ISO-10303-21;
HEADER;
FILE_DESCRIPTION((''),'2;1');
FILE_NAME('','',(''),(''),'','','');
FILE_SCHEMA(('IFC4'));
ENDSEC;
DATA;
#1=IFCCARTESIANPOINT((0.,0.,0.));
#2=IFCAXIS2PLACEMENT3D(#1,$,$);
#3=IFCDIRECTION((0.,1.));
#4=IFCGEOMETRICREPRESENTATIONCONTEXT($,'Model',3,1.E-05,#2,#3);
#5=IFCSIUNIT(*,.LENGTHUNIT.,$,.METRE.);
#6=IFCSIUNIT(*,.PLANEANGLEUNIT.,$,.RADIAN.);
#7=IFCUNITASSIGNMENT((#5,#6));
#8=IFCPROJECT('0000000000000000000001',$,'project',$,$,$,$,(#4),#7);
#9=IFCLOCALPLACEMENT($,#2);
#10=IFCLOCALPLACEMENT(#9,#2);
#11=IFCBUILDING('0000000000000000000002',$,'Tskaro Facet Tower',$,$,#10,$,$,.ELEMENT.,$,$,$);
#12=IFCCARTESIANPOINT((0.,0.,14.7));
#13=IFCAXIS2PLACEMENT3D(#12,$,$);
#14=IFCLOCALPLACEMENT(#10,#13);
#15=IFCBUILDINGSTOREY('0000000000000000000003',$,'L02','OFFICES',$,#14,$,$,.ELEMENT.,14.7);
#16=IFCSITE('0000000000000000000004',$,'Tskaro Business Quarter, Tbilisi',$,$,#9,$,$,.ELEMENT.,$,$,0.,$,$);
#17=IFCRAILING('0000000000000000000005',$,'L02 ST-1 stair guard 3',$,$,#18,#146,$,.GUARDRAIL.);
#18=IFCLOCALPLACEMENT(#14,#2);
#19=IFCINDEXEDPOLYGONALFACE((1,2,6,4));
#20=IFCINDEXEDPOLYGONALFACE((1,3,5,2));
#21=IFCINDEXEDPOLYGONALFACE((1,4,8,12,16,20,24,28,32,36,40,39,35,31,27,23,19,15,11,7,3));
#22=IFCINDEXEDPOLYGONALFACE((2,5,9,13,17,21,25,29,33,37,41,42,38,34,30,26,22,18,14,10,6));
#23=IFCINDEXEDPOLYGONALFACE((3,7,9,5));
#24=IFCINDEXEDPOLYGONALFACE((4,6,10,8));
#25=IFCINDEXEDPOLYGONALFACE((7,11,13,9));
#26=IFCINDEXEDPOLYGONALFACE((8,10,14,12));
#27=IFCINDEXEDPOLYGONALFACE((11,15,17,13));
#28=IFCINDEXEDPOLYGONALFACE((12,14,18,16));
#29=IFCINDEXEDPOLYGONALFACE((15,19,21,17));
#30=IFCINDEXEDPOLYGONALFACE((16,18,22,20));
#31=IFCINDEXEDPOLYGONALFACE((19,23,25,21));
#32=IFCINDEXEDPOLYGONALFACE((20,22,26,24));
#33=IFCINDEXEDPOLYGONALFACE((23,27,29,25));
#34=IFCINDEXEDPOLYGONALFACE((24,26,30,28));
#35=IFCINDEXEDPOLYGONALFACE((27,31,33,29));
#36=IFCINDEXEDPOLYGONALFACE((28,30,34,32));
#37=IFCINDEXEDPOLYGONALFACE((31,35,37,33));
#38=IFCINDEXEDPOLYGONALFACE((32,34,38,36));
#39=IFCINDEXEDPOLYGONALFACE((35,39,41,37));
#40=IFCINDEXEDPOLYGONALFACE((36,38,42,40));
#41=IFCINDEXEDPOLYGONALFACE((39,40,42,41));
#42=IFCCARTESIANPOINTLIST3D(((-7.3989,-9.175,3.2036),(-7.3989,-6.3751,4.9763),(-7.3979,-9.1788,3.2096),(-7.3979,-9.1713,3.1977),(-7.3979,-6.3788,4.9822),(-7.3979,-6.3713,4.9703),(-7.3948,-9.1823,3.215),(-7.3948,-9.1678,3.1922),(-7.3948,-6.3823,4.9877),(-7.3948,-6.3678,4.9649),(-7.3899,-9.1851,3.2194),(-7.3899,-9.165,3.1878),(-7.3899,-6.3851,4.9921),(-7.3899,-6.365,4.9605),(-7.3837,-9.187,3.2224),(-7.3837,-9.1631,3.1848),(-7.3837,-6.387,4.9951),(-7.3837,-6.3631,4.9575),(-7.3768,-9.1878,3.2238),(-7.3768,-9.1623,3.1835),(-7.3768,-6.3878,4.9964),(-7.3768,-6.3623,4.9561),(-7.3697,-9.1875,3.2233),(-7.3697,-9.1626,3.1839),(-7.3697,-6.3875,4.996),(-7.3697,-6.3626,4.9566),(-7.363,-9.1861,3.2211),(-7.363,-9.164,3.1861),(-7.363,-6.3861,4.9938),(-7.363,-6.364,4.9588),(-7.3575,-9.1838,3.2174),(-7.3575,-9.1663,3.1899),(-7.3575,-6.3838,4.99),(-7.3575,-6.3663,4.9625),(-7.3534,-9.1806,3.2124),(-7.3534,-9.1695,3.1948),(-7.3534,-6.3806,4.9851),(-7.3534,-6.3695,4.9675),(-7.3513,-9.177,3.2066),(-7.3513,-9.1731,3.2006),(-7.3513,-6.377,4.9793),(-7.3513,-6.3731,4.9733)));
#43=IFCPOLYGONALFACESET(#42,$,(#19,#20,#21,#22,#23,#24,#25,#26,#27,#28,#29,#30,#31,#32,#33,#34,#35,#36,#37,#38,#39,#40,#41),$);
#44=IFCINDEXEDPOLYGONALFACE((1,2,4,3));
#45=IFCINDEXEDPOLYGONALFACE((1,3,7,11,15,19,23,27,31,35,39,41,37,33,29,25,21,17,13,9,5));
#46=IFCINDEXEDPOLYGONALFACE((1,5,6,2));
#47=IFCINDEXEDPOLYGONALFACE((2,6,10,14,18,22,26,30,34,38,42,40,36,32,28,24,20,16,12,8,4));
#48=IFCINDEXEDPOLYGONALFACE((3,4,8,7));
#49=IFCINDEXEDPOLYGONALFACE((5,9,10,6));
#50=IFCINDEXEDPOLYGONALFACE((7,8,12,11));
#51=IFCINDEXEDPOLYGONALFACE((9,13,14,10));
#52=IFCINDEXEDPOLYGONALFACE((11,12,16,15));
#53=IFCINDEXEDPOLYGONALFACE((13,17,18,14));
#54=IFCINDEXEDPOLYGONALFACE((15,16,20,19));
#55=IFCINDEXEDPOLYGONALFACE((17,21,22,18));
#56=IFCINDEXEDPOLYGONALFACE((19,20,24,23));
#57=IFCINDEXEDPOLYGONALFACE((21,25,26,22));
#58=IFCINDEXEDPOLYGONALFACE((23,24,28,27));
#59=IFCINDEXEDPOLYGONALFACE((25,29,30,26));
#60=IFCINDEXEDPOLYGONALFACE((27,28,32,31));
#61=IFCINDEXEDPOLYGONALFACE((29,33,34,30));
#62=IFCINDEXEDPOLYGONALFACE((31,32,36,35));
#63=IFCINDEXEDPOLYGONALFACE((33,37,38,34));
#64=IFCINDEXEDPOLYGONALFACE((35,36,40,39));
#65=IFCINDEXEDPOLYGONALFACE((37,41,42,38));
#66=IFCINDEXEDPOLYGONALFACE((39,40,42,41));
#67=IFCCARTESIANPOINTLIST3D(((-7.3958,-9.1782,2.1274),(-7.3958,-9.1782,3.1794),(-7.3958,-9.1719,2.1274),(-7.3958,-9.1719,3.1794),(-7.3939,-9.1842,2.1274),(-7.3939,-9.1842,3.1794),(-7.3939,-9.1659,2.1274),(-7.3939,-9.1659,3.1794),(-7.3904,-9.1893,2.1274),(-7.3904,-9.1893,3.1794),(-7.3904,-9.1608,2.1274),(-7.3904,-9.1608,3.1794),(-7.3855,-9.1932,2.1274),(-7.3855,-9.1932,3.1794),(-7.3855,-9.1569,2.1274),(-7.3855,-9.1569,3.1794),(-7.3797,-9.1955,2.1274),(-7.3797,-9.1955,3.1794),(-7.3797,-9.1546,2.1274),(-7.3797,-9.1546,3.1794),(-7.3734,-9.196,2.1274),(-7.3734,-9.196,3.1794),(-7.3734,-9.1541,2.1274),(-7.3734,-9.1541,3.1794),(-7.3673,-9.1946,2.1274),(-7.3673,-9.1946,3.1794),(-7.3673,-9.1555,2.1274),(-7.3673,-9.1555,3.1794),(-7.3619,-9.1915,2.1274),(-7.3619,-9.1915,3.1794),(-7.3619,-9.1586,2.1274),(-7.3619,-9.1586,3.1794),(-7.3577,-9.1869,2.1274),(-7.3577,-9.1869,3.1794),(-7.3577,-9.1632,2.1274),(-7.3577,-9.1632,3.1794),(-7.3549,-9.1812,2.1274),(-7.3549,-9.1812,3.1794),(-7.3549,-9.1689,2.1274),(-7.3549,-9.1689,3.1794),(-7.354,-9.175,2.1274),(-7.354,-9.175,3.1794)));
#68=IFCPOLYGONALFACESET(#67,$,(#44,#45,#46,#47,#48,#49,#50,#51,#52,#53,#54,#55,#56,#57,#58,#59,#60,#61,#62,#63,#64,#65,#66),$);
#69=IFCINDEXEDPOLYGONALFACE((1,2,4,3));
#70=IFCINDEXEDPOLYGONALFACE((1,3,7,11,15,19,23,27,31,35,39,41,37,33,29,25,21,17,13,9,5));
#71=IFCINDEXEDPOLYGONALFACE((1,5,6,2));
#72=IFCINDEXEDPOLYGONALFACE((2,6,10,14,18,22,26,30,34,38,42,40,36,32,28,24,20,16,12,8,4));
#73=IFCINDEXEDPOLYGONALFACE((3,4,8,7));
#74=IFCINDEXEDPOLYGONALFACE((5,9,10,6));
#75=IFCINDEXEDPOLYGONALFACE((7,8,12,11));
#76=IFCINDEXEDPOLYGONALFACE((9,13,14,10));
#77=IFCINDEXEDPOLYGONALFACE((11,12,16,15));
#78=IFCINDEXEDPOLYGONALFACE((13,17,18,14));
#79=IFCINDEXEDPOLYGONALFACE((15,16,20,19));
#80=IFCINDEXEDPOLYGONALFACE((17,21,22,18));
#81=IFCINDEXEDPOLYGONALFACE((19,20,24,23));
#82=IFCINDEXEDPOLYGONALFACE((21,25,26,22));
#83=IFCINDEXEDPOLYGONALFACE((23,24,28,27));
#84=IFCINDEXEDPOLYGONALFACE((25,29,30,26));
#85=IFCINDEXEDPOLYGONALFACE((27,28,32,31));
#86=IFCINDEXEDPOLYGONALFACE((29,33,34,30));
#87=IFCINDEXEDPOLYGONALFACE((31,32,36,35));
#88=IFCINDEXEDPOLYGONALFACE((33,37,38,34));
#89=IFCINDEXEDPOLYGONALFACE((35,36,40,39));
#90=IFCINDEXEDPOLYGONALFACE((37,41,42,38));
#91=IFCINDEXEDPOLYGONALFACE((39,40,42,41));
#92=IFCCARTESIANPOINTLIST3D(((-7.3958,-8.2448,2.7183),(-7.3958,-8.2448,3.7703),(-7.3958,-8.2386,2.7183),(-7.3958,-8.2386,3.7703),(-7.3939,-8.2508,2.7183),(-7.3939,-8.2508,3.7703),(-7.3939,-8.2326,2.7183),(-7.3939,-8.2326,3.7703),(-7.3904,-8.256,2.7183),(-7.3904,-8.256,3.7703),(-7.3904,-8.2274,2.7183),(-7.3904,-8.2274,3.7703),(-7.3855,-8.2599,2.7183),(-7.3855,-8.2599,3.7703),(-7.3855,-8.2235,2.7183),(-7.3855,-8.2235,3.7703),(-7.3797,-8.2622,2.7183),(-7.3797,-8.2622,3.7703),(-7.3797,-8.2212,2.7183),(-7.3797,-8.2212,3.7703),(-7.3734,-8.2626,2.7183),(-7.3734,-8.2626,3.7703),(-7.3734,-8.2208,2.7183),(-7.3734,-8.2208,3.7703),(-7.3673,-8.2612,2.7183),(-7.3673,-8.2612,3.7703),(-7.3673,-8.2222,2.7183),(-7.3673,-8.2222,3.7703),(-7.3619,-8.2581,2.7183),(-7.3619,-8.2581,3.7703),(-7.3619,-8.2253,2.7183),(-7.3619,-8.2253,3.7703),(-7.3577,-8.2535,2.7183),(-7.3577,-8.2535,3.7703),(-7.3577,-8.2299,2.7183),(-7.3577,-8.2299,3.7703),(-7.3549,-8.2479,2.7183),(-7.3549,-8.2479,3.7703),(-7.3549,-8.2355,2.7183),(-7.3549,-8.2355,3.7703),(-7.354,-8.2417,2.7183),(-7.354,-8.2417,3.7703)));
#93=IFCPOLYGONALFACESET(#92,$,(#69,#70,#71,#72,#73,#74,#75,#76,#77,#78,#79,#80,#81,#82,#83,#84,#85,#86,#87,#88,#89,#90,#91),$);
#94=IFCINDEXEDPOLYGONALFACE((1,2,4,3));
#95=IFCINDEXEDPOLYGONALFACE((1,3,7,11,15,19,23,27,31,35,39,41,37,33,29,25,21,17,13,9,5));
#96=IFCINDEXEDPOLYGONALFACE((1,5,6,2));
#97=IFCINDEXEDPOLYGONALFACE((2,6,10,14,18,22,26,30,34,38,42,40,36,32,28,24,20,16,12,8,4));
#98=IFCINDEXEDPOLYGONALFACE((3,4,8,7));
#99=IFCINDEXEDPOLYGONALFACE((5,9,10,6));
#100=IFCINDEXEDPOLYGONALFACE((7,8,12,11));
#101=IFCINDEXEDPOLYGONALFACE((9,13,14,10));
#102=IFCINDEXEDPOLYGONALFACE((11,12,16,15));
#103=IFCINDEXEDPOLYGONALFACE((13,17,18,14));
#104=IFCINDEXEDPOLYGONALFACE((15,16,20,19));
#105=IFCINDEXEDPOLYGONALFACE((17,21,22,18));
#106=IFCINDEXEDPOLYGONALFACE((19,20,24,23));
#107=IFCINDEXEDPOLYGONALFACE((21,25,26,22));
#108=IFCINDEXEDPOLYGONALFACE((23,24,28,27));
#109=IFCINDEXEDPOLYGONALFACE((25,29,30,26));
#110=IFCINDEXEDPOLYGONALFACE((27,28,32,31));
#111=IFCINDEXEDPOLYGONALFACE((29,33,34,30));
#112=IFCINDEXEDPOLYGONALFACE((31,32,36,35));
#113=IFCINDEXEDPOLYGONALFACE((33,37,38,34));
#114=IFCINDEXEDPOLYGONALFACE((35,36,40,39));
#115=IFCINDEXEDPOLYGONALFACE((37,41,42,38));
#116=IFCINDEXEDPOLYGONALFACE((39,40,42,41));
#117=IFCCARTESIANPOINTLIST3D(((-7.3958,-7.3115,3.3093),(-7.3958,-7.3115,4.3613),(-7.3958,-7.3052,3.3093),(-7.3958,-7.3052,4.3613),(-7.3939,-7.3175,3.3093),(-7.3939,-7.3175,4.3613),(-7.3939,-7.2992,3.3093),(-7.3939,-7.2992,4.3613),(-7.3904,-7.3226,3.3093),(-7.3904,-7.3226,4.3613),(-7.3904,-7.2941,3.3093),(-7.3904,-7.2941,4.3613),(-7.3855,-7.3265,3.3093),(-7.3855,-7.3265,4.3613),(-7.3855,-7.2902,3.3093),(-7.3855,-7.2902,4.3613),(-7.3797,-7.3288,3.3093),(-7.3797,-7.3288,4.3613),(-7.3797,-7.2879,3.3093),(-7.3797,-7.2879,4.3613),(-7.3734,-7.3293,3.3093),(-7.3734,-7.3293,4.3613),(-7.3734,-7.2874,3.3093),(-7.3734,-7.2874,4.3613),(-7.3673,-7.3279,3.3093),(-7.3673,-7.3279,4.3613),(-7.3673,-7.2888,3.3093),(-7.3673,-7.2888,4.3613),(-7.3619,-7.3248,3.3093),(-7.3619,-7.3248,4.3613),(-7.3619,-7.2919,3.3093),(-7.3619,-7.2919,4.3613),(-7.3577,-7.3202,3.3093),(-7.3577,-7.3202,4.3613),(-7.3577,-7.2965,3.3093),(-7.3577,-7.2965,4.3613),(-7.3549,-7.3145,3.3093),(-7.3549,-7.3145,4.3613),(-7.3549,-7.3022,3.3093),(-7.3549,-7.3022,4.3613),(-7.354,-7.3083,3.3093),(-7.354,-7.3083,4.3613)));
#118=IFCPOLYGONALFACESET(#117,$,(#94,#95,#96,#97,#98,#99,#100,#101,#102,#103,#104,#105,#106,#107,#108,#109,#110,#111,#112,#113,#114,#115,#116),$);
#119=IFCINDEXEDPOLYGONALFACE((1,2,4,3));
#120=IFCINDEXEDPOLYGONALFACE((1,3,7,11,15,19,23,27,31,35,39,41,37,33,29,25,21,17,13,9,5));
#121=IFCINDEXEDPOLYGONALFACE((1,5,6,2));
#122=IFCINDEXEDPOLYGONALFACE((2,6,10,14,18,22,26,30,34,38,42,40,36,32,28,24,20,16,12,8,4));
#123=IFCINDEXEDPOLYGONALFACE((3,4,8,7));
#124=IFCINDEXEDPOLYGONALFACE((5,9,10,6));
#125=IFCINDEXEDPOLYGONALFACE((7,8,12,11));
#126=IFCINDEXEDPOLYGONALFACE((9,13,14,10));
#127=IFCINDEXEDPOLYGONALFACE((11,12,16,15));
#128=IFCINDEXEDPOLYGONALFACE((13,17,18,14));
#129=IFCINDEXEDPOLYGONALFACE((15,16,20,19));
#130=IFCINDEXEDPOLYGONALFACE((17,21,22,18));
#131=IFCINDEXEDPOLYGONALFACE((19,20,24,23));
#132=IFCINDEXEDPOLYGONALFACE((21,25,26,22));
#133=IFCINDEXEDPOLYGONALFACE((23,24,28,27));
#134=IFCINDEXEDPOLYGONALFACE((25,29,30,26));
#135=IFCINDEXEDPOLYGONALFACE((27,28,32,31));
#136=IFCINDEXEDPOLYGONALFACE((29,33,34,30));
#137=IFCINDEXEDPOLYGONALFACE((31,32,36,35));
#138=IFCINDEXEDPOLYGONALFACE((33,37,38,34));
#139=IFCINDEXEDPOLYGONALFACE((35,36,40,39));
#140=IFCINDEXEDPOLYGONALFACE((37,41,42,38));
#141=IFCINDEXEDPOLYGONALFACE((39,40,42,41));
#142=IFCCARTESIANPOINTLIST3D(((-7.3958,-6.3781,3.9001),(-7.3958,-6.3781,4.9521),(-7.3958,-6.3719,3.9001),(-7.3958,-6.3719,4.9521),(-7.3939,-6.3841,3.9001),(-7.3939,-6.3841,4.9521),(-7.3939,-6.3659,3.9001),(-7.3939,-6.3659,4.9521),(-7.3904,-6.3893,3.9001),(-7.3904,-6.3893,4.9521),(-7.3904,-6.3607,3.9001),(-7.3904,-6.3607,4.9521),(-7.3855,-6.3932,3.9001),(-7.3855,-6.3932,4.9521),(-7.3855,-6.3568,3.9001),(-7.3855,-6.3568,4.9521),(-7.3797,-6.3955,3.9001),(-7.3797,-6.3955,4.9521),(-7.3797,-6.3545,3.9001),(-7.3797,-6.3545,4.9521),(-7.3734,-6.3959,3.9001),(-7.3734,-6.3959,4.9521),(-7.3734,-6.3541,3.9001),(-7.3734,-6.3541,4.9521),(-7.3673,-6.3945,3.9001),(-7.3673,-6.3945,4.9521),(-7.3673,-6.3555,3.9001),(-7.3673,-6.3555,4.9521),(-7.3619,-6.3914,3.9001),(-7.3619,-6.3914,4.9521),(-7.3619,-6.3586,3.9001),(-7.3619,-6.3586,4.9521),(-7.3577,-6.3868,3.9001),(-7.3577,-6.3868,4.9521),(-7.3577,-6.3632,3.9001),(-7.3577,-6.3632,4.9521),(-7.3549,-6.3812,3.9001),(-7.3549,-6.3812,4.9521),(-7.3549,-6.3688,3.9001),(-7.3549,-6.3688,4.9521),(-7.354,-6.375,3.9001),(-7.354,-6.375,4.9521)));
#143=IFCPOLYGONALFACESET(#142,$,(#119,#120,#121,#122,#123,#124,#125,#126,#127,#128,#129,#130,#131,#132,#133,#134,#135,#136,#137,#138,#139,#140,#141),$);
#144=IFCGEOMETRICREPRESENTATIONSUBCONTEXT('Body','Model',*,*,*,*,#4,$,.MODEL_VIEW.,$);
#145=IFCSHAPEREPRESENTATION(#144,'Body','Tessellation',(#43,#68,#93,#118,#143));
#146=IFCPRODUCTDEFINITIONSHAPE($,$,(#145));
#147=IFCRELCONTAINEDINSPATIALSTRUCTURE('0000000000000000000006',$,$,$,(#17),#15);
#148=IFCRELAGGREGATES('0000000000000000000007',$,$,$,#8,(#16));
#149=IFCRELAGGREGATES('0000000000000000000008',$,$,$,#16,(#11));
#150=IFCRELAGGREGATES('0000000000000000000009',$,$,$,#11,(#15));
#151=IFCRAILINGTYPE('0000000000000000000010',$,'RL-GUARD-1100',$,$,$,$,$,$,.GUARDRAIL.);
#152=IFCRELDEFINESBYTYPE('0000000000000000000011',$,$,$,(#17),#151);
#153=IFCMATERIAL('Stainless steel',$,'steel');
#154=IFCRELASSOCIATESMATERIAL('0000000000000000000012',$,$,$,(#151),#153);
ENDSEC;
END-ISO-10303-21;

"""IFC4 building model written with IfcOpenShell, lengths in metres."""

from ifc_helpers import new_model, si_unit, direction, frame, origin, origin_2d, place, context, subcontext, project, spatial, circle, extrude, material, type_object, element, save


model = new_model("IFC4")

# Units and contexts
model_context = context("Model", 3, precision=1e-05, world=origin(), true_north=direction((0.0, 1.0)))
body_context = subcontext(model_context, "Body", "Model", "MODEL_VIEW")
ifc_project = project(units=[si_unit("LENGTHUNIT", "METRE"), si_unit("PLANEANGLEUNIT", "RADIAN")], contexts=[model_context])

# Site, building, storey
site_placement = place(None, origin())
site = spatial("IfcSite", under=ifc_project, at=site_placement, Name="Tskaro Business Quarter, Tbilisi", CompositionType="ELEMENT", RefElevation=0.0)
building_placement = place(site_placement, origin())
building = spatial("IfcBuilding", under=site, at=building_placement, Name="Tskaro Facet Tower", CompositionType="ELEMENT")
storey_placement = place(building_placement, frame((0.0, 0.0, 14.7)))
storey = spatial("IfcBuildingStorey", under=building, at=storey_placement, Name="L02", Description="OFFICES", CompositionType="ELEMENT", Elevation=14.7)

# Shared definitions
ifc_material_1 = material(Name="Stainless steel", Category="steel")

# Railing
railing_type_1 = type_object("IfcRailingType", Name="RL-GUARD-1100", PredefinedType="GUARDRAIL", material=ifc_material_1)
railing_1_placement = place(storey_placement, frame((-7.375, -9.175, 2.1274)))
element("IfcRailing", 1, at=railing_1_placement, inside=storey, type_object=railing_type_1, Name="L02 ST-1 stair guard 3", PredefinedType="GUARDRAIL", context=body_context, shape_type="SweptSolid", body=[
    extrude(circle(Radius=0.0239, at=origin_2d()), frame((0.0, 0.0, 1.0762), z_axis=(0.0, 0.844909, 0.53491), x_axis=(-1.0, 0.0, 0.0)), (0.0, 0.0, 1.0), 3.314),
    extrude(circle(Radius=0.021, at=origin_2d()), origin(), (0.0, 0.0, 1.0), 1.052),
    extrude(circle(Radius=0.021, at=origin_2d()), frame((0.0, 0.9333, 0.5908)), (0.0, 0.0, 1.0), 1.052),
    extrude(circle(Radius=0.021, at=origin_2d()), frame((0.0, 1.8667, 1.1819)), (0.0, 0.0, 1.0), 1.052),
    extrude(circle(Radius=0.021, at=origin_2d()), frame((0.0, 2.8, 1.7727)), (0.0, 0.0, 1.0), 1.052),
])

save(model, "model.ifc")
